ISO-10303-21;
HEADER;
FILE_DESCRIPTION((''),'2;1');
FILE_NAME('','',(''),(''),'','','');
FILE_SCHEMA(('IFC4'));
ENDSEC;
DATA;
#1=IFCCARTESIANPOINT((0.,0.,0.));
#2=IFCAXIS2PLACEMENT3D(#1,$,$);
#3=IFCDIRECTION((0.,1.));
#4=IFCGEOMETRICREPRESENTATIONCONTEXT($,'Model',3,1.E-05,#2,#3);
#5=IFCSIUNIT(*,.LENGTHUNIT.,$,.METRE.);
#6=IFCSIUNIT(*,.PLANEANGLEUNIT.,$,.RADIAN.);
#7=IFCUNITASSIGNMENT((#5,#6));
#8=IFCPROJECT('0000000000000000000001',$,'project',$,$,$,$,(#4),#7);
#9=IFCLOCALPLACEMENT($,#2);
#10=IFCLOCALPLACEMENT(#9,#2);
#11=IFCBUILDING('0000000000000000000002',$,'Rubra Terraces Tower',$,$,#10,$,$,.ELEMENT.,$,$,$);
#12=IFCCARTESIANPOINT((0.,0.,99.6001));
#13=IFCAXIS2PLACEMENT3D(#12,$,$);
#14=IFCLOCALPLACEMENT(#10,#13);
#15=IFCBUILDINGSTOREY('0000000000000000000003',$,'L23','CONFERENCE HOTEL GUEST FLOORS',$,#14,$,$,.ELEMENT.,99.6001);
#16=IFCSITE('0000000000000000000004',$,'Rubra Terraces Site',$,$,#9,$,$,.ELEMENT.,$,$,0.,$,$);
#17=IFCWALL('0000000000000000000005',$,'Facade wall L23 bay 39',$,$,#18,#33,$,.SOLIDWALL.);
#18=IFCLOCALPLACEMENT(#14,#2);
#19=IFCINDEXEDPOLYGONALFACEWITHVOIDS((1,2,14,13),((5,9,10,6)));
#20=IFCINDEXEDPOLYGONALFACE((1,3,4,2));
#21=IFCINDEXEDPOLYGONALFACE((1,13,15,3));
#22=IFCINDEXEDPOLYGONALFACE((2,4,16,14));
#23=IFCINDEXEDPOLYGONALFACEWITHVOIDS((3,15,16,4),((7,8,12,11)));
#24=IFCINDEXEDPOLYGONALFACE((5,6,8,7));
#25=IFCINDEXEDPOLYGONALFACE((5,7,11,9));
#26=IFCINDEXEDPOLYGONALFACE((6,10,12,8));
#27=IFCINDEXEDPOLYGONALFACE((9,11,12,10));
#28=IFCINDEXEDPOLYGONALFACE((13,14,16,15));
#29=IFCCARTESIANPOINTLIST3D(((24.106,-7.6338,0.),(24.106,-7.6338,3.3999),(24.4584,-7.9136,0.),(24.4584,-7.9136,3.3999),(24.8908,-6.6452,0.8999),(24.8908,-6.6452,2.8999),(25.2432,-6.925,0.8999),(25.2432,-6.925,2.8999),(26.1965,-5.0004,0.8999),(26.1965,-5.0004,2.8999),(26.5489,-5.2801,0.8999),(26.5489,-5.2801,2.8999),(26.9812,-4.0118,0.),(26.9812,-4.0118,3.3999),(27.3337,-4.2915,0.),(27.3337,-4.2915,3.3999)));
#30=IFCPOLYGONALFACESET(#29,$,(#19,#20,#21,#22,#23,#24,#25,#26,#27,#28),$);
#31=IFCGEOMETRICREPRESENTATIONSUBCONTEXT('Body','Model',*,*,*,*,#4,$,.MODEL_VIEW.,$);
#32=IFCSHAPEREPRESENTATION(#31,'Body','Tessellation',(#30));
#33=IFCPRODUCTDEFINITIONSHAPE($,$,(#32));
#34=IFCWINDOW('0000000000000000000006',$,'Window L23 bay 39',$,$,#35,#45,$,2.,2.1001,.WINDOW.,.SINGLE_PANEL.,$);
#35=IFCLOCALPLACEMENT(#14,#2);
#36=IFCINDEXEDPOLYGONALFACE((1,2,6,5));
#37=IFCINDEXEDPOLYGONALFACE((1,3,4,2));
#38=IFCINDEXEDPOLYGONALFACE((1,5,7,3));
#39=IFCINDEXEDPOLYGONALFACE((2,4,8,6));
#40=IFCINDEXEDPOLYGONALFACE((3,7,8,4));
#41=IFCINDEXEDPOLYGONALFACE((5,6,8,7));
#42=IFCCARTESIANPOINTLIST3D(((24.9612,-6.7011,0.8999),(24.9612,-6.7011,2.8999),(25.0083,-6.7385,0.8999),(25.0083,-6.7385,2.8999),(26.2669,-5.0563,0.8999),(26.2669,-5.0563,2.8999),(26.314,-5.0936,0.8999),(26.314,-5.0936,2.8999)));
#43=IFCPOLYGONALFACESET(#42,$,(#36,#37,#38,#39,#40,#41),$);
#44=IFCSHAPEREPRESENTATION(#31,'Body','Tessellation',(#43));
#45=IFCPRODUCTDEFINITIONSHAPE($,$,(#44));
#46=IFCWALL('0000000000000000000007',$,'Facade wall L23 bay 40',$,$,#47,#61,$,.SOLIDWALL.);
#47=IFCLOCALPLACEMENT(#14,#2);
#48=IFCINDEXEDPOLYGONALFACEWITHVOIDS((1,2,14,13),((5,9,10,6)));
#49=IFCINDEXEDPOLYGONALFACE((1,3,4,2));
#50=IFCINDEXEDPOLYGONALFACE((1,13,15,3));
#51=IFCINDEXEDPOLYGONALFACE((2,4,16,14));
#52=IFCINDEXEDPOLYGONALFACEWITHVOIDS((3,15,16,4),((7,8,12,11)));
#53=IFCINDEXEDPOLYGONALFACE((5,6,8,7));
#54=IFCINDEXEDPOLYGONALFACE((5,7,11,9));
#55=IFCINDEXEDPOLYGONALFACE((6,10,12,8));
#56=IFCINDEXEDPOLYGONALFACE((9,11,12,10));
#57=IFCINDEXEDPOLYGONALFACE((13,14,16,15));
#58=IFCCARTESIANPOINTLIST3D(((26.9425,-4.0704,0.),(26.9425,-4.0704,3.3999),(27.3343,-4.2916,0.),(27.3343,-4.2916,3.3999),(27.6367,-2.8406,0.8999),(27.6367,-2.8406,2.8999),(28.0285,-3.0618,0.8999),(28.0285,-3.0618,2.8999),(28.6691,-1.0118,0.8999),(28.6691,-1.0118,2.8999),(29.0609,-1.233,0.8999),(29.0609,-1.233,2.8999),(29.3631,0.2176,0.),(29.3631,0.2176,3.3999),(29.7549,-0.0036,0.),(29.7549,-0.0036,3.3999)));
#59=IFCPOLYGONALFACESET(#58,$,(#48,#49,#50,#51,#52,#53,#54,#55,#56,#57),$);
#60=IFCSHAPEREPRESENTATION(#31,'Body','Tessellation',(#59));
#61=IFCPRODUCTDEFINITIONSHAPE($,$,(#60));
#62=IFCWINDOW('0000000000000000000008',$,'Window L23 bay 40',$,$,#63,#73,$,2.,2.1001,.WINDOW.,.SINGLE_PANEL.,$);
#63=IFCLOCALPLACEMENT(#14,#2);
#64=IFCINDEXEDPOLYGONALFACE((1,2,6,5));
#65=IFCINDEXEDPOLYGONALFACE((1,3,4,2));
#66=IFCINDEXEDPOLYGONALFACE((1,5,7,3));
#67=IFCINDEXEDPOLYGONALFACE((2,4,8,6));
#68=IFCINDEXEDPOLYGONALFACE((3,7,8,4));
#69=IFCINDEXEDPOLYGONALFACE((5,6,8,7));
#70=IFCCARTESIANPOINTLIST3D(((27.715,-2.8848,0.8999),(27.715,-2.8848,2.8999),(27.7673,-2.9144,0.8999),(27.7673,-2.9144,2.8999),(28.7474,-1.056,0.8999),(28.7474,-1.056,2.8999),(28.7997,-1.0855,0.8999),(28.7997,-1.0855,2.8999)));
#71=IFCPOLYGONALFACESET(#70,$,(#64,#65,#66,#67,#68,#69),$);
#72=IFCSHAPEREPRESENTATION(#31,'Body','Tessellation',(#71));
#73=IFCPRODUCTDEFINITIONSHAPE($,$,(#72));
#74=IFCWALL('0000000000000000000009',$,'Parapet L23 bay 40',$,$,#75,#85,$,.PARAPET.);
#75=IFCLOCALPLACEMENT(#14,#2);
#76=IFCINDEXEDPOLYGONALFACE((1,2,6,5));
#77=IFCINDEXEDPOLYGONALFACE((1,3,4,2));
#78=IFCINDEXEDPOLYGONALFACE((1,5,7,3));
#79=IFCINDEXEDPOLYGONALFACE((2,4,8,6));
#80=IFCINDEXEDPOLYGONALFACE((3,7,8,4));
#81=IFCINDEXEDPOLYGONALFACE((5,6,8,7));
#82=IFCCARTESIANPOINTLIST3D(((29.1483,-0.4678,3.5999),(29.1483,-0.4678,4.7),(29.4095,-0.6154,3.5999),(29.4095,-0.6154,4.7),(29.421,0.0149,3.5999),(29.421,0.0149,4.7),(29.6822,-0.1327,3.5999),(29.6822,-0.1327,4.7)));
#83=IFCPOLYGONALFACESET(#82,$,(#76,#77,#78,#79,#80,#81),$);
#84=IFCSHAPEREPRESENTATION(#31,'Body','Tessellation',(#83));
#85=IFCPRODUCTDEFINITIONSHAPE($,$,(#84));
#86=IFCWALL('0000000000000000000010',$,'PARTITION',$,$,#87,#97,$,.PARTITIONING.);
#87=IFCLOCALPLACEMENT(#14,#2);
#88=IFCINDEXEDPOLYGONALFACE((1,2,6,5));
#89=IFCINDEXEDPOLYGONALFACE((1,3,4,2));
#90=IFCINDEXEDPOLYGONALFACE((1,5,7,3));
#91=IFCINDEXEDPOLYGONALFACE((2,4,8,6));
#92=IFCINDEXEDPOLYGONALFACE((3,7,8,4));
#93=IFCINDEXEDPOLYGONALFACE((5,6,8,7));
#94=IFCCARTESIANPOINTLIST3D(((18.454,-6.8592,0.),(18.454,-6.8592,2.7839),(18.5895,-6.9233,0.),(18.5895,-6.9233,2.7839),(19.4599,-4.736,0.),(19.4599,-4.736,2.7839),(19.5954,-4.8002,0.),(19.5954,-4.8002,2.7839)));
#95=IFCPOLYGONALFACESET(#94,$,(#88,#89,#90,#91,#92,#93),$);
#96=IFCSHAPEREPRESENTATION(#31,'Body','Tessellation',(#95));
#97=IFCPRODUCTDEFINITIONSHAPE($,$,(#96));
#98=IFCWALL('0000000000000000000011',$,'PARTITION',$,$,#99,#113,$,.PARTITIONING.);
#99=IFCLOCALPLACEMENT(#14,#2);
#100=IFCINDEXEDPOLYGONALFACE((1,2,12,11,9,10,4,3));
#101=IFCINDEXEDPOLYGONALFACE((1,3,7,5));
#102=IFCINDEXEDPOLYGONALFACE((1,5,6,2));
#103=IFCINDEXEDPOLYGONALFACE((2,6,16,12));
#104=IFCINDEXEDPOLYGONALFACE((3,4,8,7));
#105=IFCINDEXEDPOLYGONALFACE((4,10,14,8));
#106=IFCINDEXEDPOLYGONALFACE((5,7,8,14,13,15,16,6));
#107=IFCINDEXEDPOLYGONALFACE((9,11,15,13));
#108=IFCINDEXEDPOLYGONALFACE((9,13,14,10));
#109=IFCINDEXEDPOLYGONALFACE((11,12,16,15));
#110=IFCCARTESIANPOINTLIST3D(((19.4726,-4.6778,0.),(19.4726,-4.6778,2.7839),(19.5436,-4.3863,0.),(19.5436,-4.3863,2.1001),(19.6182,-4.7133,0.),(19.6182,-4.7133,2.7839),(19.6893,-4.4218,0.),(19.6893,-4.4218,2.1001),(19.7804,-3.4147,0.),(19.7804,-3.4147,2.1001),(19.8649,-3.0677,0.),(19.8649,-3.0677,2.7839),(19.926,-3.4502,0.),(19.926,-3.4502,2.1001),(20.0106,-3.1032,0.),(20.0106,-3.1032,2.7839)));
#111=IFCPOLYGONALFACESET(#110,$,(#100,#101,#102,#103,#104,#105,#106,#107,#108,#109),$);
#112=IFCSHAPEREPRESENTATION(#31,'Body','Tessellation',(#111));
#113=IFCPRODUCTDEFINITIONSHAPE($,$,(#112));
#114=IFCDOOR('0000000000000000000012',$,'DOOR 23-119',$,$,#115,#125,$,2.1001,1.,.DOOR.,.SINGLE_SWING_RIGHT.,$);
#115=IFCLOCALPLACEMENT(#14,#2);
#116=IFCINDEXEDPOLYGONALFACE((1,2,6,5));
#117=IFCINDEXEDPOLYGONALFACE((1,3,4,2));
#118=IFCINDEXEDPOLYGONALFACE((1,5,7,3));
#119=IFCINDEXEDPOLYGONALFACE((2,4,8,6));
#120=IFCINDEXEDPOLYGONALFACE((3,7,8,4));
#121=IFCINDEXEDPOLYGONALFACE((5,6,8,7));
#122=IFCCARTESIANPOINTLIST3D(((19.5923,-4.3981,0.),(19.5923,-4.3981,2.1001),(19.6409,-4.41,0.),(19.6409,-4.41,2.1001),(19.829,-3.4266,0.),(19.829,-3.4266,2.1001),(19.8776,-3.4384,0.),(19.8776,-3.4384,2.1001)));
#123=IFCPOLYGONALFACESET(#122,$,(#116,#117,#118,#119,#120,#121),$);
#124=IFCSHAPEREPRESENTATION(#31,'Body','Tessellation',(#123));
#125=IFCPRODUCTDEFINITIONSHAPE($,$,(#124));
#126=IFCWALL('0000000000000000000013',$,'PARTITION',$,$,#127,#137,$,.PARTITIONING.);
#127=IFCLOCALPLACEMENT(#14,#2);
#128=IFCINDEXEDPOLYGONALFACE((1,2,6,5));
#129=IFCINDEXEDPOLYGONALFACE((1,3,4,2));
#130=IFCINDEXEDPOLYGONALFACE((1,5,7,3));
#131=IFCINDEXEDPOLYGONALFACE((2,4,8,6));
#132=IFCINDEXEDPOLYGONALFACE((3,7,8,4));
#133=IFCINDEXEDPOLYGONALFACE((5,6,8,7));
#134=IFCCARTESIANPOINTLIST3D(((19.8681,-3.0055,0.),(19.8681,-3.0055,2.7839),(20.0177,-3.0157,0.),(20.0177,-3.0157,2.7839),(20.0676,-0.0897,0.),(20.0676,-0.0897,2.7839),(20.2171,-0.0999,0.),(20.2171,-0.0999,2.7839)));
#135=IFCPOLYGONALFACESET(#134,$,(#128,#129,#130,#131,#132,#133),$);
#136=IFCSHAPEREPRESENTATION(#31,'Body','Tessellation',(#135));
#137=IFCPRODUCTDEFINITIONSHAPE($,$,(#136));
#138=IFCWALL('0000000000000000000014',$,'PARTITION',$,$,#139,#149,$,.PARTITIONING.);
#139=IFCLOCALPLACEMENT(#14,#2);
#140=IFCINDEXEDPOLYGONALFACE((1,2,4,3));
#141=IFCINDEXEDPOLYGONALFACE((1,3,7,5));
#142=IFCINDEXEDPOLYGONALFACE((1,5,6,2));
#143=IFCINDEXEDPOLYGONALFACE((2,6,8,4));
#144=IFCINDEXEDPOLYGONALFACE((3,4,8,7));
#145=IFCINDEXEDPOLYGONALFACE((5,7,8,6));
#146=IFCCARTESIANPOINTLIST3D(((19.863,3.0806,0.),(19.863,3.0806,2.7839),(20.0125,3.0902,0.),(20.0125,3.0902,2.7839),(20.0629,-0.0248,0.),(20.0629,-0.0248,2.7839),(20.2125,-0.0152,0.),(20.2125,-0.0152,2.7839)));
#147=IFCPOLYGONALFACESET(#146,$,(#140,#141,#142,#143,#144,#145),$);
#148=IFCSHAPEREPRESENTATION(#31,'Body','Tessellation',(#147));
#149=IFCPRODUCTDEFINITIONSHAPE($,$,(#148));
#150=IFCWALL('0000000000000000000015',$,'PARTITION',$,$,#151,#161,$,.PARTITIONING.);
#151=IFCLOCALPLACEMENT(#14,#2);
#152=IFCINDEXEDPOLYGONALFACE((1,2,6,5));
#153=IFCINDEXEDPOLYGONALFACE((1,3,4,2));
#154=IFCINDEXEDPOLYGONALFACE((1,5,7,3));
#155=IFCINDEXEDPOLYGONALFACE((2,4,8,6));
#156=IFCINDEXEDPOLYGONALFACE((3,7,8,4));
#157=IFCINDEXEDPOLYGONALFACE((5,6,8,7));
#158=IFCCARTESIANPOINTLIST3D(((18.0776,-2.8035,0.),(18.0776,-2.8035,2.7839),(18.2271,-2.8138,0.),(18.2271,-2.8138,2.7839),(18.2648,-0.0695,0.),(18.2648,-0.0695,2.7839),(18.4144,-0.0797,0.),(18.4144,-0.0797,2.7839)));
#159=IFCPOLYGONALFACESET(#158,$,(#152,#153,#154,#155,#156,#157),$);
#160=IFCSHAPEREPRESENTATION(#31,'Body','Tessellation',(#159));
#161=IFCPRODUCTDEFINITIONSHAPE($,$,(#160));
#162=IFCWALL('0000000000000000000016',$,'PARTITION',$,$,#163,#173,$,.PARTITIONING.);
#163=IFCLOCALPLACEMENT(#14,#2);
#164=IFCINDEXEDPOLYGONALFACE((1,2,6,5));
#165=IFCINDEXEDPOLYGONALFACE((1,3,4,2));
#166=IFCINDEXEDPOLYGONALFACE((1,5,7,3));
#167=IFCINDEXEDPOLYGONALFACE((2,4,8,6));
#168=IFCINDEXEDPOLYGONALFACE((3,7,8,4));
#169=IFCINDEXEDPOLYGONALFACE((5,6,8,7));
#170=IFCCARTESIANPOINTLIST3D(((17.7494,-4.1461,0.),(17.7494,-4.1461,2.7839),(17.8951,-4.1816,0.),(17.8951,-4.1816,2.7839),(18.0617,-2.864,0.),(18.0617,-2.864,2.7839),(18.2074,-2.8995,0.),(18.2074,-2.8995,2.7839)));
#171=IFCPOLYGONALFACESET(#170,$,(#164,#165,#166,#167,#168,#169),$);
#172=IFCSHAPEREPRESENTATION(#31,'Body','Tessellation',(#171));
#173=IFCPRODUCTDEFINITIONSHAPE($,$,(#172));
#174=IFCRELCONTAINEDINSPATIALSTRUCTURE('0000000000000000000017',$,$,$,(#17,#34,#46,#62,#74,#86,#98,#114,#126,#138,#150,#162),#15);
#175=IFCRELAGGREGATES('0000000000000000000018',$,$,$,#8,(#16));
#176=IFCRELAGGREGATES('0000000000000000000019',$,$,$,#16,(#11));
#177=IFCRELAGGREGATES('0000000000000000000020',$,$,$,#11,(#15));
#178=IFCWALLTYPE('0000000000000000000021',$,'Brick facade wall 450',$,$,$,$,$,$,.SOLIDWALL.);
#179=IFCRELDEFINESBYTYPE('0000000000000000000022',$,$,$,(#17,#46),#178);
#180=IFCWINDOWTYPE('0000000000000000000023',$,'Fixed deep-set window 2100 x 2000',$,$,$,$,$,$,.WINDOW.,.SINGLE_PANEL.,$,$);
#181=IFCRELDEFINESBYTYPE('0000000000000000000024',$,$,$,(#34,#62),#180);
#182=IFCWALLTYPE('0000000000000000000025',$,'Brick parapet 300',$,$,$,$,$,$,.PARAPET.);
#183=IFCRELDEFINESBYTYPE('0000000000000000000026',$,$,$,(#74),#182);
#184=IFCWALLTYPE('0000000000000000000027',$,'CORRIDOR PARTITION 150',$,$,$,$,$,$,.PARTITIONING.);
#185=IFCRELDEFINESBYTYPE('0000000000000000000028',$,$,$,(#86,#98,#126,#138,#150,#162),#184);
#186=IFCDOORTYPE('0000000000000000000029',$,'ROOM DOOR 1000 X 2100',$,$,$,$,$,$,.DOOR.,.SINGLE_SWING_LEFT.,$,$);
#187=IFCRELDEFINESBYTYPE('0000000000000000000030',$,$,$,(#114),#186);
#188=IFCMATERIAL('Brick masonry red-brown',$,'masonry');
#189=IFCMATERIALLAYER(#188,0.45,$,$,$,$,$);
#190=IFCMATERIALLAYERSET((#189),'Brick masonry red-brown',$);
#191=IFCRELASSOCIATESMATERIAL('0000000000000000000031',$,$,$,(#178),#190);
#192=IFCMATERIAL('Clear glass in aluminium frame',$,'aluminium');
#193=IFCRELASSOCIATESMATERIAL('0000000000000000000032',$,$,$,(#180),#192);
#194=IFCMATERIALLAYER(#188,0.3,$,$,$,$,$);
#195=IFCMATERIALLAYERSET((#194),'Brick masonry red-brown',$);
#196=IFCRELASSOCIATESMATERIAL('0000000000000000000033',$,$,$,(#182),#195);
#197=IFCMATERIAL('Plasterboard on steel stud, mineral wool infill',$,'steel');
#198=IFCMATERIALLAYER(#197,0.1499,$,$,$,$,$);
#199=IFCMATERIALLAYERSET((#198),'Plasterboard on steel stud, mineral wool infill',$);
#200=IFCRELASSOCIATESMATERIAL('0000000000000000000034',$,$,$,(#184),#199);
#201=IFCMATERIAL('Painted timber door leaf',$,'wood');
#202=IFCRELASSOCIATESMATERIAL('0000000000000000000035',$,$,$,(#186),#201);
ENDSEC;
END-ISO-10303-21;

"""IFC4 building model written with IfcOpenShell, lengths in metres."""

from ifc_helpers import new_model, si_unit, direction, frame, frame_2d, origin, place, context, subcontext, project, spatial, rectangle, extrude, material, layer, layer_set, type_object, element, fill, save


model = new_model("IFC4")

# Units and contexts
model_context = context("Model", 3, precision=1e-05, world=origin(), true_north=direction((0.0, 1.0)))
body_context = subcontext(model_context, "Body", "Model", "MODEL_VIEW")
ifc_project = project(units=[si_unit("LENGTHUNIT", "METRE"), si_unit("PLANEANGLEUNIT", "RADIAN")], contexts=[model_context])

# Site, building, storey
site_placement = place(None, origin())
site = spatial("IfcSite", under=ifc_project, at=site_placement, Name="Rubra Terraces Site", CompositionType="ELEMENT", RefElevation=0.0)
building_placement = place(site_placement, origin())
building = spatial("IfcBuilding", under=site, at=building_placement, Name="Rubra Terraces Tower", CompositionType="ELEMENT")
storey_placement = place(building_placement, frame((0.0, 0.0, 99.6001)))
storey = spatial("IfcBuildingStorey", under=building, at=storey_placement, Name="L23", Description="CONFERENCE HOTEL GUEST FLOORS", CompositionType="ELEMENT", Elevation=99.6001)

# Walls, openings, windows
ifc_material_1 = material(Name="Brick masonry red-brown", Category="masonry")
ifc_layer_1 = layer(ifc_material_1, 0.45)
ifc_layer_set_1 = layer_set([ifc_layer_1], Name="Brick masonry red-brown")
wall_type_1 = type_object("IfcWallType", Name="Brick facade wall 450", PredefinedType="SOLIDWALL", material=ifc_layer_set_1)
ifc_material_2 = material(Name="Clear glass in aluminium frame", Category="aluminium")
window_type = type_object("IfcWindowType", Name="Fixed deep-set window 2100 x 2000", PartitioningType="SINGLE_PANEL", PredefinedType="WINDOW", material=ifc_material_2)
wall_1_placement = place(storey_placement, frame((24.2822, -7.7737, 0.0), z_axis=(0.0, 0.0, 1.0), x_axis=(0.621735, 0.783227, 0.0)))
wall_1 = element("IfcWall", 1, at=wall_1_placement, inside=storey, type_object=wall_type_1, Name="Facade wall L23 bay 39", PredefinedType="SOLIDWALL", context=body_context, shape_type="SweptSolid", body=[
    extrude(rectangle(XDim=4.6245, YDim=0.45, at=frame_2d((2.3123, 0.0))), origin(), (0.0, 0.0, 1.0), 3.3999),
])
opening_1_placement = place(wall_1_placement, frame((1.2622, 0.0, 0.8999)))
opening_1 = element("IfcOpeningElement", 2, at=opening_1_placement, cuts=wall_1, PredefinedType="OPENING", context=body_context, shape_type="SweptSolid", body=[
    extrude(rectangle(XDim=2.1001, YDim=2.0, at=frame_2d((1.05, 1.0))), frame((0.0, 0.2349, 0.0), z_axis=(0.0, -1.0, 0.0), x_axis=(1.0, 0.0, 0.0)), (0.0, 0.0, 1.0), 0.47),
])
window_1_placement = place(opening_1_placement, origin())
window_1 = element("IfcWindow", 3, at=window_1_placement, inside=storey, type_object=window_type, Name="Window L23 bay 39", OverallHeight=2.0, OverallWidth=2.1001, PartitioningType="SINGLE_PANEL", PredefinedType="WINDOW", context=body_context, shape_type="SweptSolid", body=[
    extrude(rectangle(XDim=2.1001, YDim=2.0, at=frame_2d((1.05, 1.0))), frame((0.0, 0.135, 0.0), z_axis=(0.0, -1.0, 0.0), x_axis=(1.0, 0.0, 0.0)), (0.0, 0.0, 1.0), 0.0601),
])
fill(opening_1, window_1)
wall_2_placement = place(storey_placement, frame((27.1384, -4.1809, 0.0), z_axis=(0.0, 0.0, 1.0), x_axis=(0.491588, 0.870828, 0.0)))
wall_2 = element("IfcWall", 4, at=wall_2_placement, inside=storey, type_object=wall_type_1, Name="Facade wall L23 bay 40", PredefinedType="SOLIDWALL", context=body_context, shape_type="SweptSolid", body=[
    extrude(rectangle(XDim=4.9241, YDim=0.45, at=frame_2d((2.4619, 0.0))), origin(), (0.0, 0.0, 1.0), 3.3999),
])
opening_2_placement = place(wall_2_placement, frame((1.4121, 0.0, 0.8999)))
opening_2 = element("IfcOpeningElement", 5, at=opening_2_placement, cuts=wall_2, PredefinedType="OPENING", context=body_context, shape_type="SweptSolid", body=[
    extrude(rectangle(XDim=2.1001, YDim=2.0, at=frame_2d((1.05, 1.0))), frame((0.0, 0.2349, 0.0), z_axis=(0.0, -1.0, 0.0), x_axis=(1.0, 0.0, 0.0)), (0.0, 0.0, 1.0), 0.47),
])
window_2_placement = place(opening_2_placement, origin())
window_2 = element("IfcWindow", 6, at=window_2_placement, inside=storey, type_object=window_type, Name="Window L23 bay 40", OverallHeight=2.0, OverallWidth=2.1001, PartitioningType="SINGLE_PANEL", PredefinedType="WINDOW", context=body_context, shape_type="SweptSolid", body=[
    extrude(rectangle(XDim=2.1001, YDim=2.0, at=frame_2d((1.05, 1.0))), frame((0.0, 0.135, 0.0), z_axis=(0.0, -1.0, 0.0), x_axis=(1.0, 0.0, 0.0)), (0.0, 0.0, 1.0), 0.0601),
])
fill(opening_2, window_2)

# Walls
ifc_layer_2 = layer(ifc_material_1, 0.3)
ifc_layer_set_2 = layer_set([ifc_layer_2], Name="Brick masonry red-brown")
wall_type_2 = type_object("IfcWallType", Name="Brick parapet 300", PredefinedType="PARAPET", material=ifc_layer_set_2)
wall_3_placement = place(storey_placement, frame((29.2788, -0.5417, 3.5999), z_axis=(0.0, 0.0, 1.0), x_axis=(0.491912, 0.870645, 0.0)))
element("IfcWall", 7, at=wall_3_placement, inside=storey, type_object=wall_type_2, Name="Parapet L23 bay 40", PredefinedType="PARAPET", context=body_context, shape_type="SweptSolid", body=[
    extrude(rectangle(XDim=0.5544, YDim=0.3, at=frame_2d((0.2773, 0.0))), origin(), (0.0, 0.0, 1.0), 1.1001),
])
ifc_material_3 = material(Name="Plasterboard on steel stud, mineral wool infill", Category="steel")
ifc_layer_3 = layer(ifc_material_3, 0.1499)
ifc_layer_set_3 = layer_set([ifc_layer_3], Name="Plasterboard on steel stud, mineral wool infill")
wall_type_3 = type_object("IfcWallType", Name="CORRIDOR PARTITION 150", PredefinedType="PARTITIONING", material=ifc_layer_set_3)
wall_4_placement = place(storey_placement, frame((18.5217, -6.8914, 0.0), z_axis=(0.0, 0.0, 1.0), x_axis=(0.428158, 0.903704, 0.0)))
element("IfcWall", 8, at=wall_4_placement, inside=storey, type_object=wall_type_3, Name="PARTITION", PredefinedType="PARTITIONING", context=body_context, shape_type="SweptSolid", body=[
    extrude(rectangle(XDim=2.3494, YDim=0.1499, at=frame_2d((1.1748, 0.0))), origin(), (0.0, 0.0, 1.0), 2.7839),
])

# Wall, opening, door
wall_5_placement = place(storey_placement, frame((19.5454, -4.6956, 0.0), z_axis=(0.0, 0.0, 1.0), x_axis=(0.236743, 0.971572, 0.0)))
wall_5 = element("IfcWall", 9, at=wall_5_placement, inside=storey, type_object=wall_type_3, Name="PARTITION", PredefinedType="PARTITIONING", context=body_context, shape_type="SweptSolid", body=[
    extrude(rectangle(XDim=1.6572, YDim=0.1499, at=frame_2d((0.8286, 0.0))), origin(), (0.0, 0.0, 1.0), 2.7839),
])
opening_3_placement = place(wall_5_placement, frame((0.3, 0.0, 0.0)))
opening_3 = element("IfcOpeningElement", 10, at=opening_3_placement, cuts=wall_5, PredefinedType="OPENING", context=body_context, shape_type="SweptSolid", body=[
    extrude(rectangle(XDim=1.0, YDim=2.1001, at=frame_2d((0.5, 1.05))), frame((0.0, 0.085, 0.0), z_axis=(0.0, -1.0, 0.0), x_axis=(1.0, 0.0, 0.0)), (0.0, 0.0, 1.0), 0.1699),
])
ifc_material_4 = material(Name="Painted timber door leaf", Category="wood")
door_type_1 = type_object("IfcDoorType", Name="ROOM DOOR 1000 X 2100", OperationType="SINGLE_SWING_LEFT", PredefinedType="DOOR", material=ifc_material_4)
door_1_placement = place(opening_3_placement, origin())
door_1 = element("IfcDoor", 11, at=door_1_placement, inside=storey, type_object=door_type_1, Name="DOOR 23-119", OperationType="SINGLE_SWING_RIGHT", OverallHeight=2.1001, OverallWidth=1.0, PredefinedType="DOOR", context=body_context, shape_type="SweptSolid", body=[
    extrude(rectangle(XDim=1.0, YDim=2.1001, at=frame_2d((0.5, 1.05))), frame((0.0, 0.0249, 0.0), z_axis=(0.0, -1.0, 0.0), x_axis=(1.0, 0.0, 0.0)), (0.0, 0.0, 1.0), 0.05),
])
fill(opening_3, door_1)

# Walls
wall_6_placement = place(storey_placement, frame((19.9429, -3.0107, 0.0), z_axis=(0.0, 0.0, 1.0), x_axis=(0.068249, 0.997668, 0.0)))
element("IfcWall", 12, at=wall_6_placement, inside=storey, type_object=wall_type_3, Name="PARTITION", PredefinedType="PARTITIONING", context=body_context, shape_type="SweptSolid", body=[
    extrude(rectangle(XDim=2.9226, YDim=0.1499, at=frame_2d((1.4614, 0.0))), origin(), (0.0, 0.0, 1.0), 2.7839),
])
wall_7_placement = place(storey_placement, frame((20.1377, -0.02, 0.0), z_axis=(0.0, 0.0, 1.0), x_axis=(-0.064254, 0.997934, 0.0)))
element("IfcWall", 13, at=wall_7_placement, inside=storey, type_object=wall_type_3, Name="PARTITION", PredefinedType="PARTITIONING", context=body_context, shape_type="SweptSolid", body=[
    extrude(rectangle(XDim=3.1118, YDim=0.1499, at=frame_2d((1.5559, 0.0))), origin(), (0.0, 0.0, 1.0), 2.7839),
])
wall_8_placement = place(storey_placement, frame((18.3396, -0.0747, 0.0), z_axis=(0.0, 0.0, 1.0), x_axis=(-0.068328, -0.997663, 0.0)))
element("IfcWall", 14, at=wall_8_placement, inside=storey, type_object=wall_type_3, Name="PARTITION", PredefinedType="PARTITIONING", context=body_context, shape_type="SweptSolid", body=[
    extrude(rectangle(XDim=2.7405, YDim=0.1499, at=frame_2d((1.3701, 0.0))), origin(), (0.0, 0.0, 1.0), 2.7839),
])
wall_9_placement = place(storey_placement, frame((18.1345, -2.8818, 0.0), z_axis=(0.0, 0.0, 1.0), x_axis=(-0.236654, -0.971594, 0.0)))
element("IfcWall", 15, at=wall_9_placement, inside=storey, type_object=wall_type_3, Name="PARTITION", PredefinedType="PARTITIONING", context=body_context, shape_type="SweptSolid", body=[
    extrude(rectangle(XDim=1.3196, YDim=0.1499, at=frame_2d((0.6597, 0.0))), origin(), (0.0, 0.0, 1.0), 2.7839),
])

save(model, "model.ifc")
